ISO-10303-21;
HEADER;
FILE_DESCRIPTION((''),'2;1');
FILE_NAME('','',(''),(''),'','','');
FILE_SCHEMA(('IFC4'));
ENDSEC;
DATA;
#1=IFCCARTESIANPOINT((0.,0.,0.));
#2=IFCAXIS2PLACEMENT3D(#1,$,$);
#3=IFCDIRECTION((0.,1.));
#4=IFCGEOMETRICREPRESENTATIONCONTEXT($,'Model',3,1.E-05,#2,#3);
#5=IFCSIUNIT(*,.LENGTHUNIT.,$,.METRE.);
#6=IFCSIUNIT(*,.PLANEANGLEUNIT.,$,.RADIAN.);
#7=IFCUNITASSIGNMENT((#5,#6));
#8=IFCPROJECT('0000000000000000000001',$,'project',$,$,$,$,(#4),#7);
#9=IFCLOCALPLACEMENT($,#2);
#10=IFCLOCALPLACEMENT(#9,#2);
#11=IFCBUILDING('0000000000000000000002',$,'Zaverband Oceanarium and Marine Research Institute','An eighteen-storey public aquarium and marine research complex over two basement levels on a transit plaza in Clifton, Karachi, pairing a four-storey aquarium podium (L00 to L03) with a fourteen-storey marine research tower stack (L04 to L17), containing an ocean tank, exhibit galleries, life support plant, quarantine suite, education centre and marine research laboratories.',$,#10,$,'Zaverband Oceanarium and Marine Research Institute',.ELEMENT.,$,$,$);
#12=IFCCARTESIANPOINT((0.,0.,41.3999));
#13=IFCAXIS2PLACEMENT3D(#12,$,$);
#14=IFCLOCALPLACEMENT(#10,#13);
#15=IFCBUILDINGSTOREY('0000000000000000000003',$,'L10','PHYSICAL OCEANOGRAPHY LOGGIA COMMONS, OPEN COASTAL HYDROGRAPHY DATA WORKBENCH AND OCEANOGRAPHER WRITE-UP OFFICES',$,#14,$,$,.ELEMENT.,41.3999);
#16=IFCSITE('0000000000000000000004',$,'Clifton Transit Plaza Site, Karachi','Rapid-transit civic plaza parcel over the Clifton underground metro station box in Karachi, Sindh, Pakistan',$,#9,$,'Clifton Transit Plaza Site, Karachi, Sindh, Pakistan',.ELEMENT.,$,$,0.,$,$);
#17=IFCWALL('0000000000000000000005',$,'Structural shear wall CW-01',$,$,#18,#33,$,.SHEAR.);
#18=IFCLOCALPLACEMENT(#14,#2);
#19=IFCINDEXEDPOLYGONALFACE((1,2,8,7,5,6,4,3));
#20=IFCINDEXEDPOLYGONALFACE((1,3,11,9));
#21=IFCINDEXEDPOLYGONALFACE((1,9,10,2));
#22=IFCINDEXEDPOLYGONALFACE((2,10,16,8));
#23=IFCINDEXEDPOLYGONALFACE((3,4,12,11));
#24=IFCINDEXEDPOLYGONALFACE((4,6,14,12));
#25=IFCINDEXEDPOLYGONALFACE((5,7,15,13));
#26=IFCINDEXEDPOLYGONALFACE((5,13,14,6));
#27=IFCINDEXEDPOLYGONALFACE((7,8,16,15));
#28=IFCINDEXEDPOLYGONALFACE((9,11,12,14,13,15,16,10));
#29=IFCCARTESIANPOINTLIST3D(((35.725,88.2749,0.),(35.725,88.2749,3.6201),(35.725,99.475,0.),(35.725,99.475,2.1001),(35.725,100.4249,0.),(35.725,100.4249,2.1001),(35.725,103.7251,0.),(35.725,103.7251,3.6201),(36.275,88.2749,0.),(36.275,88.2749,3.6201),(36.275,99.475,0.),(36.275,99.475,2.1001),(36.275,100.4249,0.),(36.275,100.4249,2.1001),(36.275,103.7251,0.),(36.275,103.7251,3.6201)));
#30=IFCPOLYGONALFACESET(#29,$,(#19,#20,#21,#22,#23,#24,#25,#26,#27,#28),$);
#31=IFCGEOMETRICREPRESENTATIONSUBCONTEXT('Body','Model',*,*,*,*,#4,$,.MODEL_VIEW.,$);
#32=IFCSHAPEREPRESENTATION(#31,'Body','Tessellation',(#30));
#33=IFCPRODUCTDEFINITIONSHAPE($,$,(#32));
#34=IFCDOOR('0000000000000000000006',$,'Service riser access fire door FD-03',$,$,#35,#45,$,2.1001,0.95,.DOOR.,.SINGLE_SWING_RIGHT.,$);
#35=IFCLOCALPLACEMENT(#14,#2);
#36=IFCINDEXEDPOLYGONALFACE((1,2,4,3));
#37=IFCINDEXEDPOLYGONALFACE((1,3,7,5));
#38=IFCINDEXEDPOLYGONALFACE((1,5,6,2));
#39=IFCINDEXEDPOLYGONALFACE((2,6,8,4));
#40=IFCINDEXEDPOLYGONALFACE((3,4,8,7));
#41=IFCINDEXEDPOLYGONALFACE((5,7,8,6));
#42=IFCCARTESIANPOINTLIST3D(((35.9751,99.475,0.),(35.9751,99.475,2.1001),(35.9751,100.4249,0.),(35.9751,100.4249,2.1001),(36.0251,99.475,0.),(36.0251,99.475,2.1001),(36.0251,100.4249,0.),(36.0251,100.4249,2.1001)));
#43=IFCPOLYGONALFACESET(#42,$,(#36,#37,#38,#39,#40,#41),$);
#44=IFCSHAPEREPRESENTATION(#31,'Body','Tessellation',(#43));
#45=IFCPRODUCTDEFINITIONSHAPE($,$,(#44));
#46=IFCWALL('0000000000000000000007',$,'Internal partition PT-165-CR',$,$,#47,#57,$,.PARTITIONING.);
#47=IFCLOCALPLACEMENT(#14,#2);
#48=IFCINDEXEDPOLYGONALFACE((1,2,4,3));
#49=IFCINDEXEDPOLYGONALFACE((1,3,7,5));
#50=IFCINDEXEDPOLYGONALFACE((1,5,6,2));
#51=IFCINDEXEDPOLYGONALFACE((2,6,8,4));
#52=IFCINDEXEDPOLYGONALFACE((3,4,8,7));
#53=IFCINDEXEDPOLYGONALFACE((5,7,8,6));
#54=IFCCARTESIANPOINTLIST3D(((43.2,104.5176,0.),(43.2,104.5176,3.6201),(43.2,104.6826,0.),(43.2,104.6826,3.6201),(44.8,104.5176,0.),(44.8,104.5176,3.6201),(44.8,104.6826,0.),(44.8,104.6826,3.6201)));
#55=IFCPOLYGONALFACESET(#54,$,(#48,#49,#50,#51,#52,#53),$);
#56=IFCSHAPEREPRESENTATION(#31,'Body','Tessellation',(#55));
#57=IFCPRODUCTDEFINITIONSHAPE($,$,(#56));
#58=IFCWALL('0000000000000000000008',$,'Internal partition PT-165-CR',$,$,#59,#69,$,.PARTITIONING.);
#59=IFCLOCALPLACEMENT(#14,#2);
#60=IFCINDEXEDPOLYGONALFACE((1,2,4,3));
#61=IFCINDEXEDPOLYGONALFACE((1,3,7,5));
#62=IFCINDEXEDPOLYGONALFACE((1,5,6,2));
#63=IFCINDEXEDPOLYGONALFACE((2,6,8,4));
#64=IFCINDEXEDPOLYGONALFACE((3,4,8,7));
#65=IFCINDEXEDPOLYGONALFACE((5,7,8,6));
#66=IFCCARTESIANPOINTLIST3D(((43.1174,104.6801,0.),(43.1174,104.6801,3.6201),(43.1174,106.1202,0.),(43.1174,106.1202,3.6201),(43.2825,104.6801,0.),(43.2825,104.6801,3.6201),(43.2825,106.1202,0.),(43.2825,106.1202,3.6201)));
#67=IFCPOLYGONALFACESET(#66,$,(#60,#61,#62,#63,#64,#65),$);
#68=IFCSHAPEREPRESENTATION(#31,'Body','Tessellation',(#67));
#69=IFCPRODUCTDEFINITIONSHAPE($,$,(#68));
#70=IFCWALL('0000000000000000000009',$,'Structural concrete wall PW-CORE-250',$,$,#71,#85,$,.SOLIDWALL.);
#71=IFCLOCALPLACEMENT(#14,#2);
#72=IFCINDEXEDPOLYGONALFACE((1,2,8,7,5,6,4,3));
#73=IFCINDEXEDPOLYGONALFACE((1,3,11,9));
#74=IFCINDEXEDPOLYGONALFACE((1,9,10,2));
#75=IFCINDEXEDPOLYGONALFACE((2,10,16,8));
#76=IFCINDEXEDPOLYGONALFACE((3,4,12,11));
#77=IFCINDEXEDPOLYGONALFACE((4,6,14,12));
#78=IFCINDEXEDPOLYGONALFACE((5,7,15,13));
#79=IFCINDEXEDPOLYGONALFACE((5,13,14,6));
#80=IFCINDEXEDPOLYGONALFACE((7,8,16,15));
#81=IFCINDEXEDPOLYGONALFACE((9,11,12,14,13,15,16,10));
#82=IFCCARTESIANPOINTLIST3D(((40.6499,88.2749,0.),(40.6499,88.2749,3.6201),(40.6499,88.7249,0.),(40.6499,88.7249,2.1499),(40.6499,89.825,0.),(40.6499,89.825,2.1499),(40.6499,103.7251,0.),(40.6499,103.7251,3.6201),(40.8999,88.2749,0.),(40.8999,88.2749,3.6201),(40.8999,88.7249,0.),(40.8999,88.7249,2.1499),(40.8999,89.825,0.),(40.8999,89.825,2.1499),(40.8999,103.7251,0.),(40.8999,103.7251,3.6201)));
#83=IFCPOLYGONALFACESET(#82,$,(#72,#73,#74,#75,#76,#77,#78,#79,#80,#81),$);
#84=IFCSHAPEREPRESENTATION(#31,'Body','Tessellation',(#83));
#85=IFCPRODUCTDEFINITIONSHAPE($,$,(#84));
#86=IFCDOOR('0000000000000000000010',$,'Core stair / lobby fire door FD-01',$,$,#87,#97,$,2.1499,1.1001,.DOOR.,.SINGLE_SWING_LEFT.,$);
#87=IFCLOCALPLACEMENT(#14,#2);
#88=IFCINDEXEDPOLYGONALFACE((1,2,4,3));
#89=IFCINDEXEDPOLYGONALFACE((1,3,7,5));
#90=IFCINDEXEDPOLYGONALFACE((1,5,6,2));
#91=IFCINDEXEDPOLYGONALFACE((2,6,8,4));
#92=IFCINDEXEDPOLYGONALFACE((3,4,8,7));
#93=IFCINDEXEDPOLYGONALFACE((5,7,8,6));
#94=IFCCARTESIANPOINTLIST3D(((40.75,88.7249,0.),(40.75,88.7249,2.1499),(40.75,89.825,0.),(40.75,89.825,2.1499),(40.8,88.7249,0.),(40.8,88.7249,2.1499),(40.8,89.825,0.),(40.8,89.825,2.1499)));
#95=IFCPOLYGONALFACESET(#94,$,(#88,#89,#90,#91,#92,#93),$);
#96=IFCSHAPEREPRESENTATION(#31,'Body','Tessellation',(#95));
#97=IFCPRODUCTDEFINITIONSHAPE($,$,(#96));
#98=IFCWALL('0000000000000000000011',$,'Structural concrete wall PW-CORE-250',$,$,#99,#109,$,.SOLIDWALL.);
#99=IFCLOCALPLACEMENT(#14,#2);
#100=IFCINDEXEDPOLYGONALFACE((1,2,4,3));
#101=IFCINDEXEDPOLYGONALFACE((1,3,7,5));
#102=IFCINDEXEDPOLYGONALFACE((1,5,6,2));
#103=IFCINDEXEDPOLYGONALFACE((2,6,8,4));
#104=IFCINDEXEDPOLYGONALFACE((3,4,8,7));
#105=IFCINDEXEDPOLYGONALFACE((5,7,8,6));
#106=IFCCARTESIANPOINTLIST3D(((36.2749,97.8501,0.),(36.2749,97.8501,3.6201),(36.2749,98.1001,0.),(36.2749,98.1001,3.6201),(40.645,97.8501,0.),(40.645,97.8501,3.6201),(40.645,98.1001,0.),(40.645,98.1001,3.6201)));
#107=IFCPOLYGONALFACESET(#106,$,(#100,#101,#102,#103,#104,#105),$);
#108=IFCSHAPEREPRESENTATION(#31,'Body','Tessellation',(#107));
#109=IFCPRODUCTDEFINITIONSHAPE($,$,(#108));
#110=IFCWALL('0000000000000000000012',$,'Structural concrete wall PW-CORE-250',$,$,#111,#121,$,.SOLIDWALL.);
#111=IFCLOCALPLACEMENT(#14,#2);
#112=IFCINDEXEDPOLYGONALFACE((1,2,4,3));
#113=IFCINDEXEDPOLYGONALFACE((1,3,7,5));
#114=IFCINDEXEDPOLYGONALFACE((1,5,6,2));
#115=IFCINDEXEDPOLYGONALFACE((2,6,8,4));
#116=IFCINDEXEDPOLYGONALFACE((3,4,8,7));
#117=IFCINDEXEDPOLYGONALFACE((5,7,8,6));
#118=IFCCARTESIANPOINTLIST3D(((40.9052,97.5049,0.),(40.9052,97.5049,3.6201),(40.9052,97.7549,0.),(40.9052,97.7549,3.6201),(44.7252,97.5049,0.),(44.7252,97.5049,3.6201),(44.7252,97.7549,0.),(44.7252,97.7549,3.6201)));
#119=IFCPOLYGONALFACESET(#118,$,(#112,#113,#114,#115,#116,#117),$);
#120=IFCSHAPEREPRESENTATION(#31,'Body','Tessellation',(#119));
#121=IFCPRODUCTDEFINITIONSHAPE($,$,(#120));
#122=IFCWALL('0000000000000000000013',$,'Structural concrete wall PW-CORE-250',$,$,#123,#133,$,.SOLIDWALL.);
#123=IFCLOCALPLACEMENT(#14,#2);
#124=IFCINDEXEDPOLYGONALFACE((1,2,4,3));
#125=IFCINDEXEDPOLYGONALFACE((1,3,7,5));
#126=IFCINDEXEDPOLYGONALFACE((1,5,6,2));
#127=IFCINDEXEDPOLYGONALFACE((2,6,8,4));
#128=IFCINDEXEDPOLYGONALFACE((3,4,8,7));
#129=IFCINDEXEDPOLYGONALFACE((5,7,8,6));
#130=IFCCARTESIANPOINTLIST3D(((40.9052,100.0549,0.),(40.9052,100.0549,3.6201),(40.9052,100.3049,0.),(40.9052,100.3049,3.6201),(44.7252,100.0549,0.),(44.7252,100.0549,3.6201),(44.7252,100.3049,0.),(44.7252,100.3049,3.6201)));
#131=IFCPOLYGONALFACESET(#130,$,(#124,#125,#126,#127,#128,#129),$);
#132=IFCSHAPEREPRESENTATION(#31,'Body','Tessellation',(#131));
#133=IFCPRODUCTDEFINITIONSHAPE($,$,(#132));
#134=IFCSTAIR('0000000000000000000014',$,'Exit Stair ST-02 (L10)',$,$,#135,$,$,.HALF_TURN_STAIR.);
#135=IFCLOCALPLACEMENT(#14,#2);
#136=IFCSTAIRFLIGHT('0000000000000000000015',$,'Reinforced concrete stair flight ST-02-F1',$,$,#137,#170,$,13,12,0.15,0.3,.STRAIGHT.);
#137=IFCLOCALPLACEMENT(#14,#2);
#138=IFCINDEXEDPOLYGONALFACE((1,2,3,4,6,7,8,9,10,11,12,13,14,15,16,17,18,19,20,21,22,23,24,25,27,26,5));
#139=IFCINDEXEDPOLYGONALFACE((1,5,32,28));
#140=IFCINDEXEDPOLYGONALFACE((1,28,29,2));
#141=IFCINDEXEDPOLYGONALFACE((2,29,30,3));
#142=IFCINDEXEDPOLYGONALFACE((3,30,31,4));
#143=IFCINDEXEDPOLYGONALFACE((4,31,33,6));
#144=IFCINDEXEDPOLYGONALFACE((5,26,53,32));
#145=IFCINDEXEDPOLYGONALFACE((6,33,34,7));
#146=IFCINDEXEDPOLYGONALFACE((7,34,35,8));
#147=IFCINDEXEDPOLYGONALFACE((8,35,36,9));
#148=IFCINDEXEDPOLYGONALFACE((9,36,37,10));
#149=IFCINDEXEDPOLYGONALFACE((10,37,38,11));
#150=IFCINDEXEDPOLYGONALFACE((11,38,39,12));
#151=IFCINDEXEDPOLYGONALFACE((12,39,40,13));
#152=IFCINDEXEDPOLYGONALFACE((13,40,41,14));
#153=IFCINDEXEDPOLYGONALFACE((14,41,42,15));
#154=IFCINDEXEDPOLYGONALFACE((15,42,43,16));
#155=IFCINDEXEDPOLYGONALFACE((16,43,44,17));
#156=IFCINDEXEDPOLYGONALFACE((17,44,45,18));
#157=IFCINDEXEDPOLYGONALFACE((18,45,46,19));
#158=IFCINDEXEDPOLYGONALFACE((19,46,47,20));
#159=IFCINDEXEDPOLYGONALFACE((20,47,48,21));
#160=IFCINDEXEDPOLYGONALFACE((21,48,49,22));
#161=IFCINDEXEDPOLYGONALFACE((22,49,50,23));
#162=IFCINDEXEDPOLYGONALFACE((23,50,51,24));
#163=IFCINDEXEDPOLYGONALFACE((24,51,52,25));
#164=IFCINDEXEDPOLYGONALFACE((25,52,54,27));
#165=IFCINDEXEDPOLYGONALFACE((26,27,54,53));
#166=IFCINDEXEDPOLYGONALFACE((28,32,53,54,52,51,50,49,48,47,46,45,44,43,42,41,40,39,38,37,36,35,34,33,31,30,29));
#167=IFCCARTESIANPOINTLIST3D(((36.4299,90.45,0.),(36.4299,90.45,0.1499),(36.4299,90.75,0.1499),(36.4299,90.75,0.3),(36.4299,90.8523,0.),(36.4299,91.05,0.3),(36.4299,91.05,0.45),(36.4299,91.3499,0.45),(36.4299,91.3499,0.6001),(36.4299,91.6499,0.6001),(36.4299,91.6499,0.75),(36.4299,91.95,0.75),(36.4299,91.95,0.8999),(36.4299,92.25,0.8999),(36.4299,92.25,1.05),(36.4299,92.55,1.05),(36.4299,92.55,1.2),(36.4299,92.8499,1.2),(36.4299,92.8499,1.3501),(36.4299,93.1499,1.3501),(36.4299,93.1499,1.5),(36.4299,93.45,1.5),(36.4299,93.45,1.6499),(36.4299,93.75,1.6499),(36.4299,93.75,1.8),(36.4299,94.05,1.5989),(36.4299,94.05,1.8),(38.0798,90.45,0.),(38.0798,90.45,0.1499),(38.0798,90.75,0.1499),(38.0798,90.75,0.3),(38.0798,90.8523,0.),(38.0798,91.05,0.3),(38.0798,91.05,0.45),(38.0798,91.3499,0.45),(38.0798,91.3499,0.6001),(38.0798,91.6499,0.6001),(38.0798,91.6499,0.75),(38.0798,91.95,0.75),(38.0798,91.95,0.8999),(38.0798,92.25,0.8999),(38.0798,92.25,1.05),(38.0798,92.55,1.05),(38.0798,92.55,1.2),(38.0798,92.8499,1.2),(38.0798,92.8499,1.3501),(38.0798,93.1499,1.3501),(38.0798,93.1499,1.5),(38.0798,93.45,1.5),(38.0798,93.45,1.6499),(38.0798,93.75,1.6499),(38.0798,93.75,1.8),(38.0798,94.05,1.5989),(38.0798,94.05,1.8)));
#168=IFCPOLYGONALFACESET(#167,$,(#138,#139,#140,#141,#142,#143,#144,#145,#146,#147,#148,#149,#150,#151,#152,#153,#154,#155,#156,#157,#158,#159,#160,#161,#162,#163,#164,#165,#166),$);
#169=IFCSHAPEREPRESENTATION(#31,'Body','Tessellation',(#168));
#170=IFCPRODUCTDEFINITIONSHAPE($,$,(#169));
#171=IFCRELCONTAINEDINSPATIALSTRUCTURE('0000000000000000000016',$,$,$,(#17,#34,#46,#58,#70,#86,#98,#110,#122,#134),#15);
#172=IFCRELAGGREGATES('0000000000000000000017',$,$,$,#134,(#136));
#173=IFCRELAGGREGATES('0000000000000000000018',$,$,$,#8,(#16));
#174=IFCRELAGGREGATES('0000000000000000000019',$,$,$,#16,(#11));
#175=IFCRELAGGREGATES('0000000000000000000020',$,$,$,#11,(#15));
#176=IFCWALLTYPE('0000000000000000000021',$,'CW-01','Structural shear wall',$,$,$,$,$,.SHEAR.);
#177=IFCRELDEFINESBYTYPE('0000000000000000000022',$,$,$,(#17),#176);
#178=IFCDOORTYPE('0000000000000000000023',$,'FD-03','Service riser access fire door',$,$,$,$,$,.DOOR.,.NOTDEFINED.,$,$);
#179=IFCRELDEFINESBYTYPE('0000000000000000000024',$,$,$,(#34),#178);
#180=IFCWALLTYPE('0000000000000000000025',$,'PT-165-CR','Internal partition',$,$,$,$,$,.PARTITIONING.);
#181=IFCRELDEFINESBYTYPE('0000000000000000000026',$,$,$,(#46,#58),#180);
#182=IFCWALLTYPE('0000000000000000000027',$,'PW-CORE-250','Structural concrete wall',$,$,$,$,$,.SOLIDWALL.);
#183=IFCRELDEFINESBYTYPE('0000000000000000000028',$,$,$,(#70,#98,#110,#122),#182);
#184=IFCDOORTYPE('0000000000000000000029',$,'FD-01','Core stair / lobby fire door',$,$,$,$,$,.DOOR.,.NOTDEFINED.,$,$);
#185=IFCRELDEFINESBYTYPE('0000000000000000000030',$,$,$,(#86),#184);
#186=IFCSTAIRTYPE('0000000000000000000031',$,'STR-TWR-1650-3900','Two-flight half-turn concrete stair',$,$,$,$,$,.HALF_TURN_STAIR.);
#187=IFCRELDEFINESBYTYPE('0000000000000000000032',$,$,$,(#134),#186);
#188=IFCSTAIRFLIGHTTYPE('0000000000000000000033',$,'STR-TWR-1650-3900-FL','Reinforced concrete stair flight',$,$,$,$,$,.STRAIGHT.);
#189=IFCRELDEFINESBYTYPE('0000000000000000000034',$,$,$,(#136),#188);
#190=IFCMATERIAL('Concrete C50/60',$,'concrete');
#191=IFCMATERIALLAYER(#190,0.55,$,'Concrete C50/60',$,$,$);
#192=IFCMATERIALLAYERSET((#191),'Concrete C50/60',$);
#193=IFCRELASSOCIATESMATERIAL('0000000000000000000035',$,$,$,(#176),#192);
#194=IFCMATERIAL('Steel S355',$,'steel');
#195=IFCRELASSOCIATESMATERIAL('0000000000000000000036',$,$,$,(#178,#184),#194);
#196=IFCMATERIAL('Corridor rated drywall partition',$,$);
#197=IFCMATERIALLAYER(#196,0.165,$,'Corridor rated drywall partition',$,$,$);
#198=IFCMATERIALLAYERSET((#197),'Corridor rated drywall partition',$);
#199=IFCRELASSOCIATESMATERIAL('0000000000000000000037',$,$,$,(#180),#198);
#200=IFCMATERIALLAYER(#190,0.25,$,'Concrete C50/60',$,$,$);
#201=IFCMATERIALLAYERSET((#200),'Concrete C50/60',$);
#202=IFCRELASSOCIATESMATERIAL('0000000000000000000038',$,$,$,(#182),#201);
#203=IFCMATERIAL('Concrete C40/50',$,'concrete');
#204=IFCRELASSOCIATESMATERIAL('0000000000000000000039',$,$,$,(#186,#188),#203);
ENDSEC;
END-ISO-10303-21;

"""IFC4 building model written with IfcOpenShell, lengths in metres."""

from ifc_helpers import new_model, si_unit, direction, frame, frame_2d, origin, place, context, subcontext, project, spatial, polyline, rectangle, outline, extrude, material, layer, layer_set, type_object, element, fill, aggregate, save


model = new_model("IFC4")

# Units and contexts
model_context = context("Model", 3, precision=1e-05, world=origin(), true_north=direction((0.0, 1.0)))
body_context = subcontext(model_context, "Body", "Model", "MODEL_VIEW")
ifc_project = project(units=[si_unit("LENGTHUNIT", "METRE"), si_unit("PLANEANGLEUNIT", "RADIAN")], contexts=[model_context])

# Site, building, storey
site_placement = place(None, origin())
site = spatial("IfcSite", under=ifc_project, at=site_placement, Name="Clifton Transit Plaza Site, Karachi", Description="Rapid-transit civic plaza parcel over the Clifton underground metro station box in Karachi, Sindh, Pakistan", LongName="Clifton Transit Plaza Site, Karachi, Sindh, Pakistan", CompositionType="ELEMENT", RefElevation=0.0)
building_placement = place(site_placement, origin())
building = spatial("IfcBuilding", under=site, at=building_placement, Name="Zaverband Oceanarium and Marine Research Institute", Description="An eighteen-storey public aquarium and marine research complex over two basement levels on a transit plaza in Clifton, Karachi, pairing a four-storey aquarium podium (L00 to L03) with a fourteen-storey marine research tower stack (L04 to L17), containing an ocean tank, exhibit galleries, life support plant, quarantine suite, education centre and marine research laboratories.", LongName="Zaverband Oceanarium and Marine Research Institute", CompositionType="ELEMENT")
storey_placement = place(building_placement, frame((0.0, 0.0, 41.3999)))
storey = spatial("IfcBuildingStorey", under=building, at=storey_placement, Name="L10", Description="PHYSICAL OCEANOGRAPHY LOGGIA COMMONS, OPEN COASTAL HYDROGRAPHY DATA WORKBENCH AND OCEANOGRAPHER WRITE-UP OFFICES", CompositionType="ELEMENT", Elevation=41.3999)

# Shared definitions
ifc_material_1 = material(Name="Concrete C50/60", Category="concrete")

# Shared definitions
ifc_material_2 = material(Name="Concrete C40/50", Category="concrete")

# Shared definitions
ifc_layer_1 = layer(ifc_material_1, 0.55, Name="Concrete C50/60")
ifc_layer_set_1 = layer_set([ifc_layer_1], Name="Concrete C50/60")
wall_type_1 = type_object("IfcWallType", Name="CW-01", Description="Structural shear wall", PredefinedType="SHEAR", material=ifc_layer_set_1)
ifc_material_3 = material(Name="Steel S355", Category="steel")

# Wall, opening, door
wall_1_placement = place(storey_placement, frame((36.0, 88.2749, 0.0), z_axis=(0.0, 0.0, 1.0), x_axis=(0.0, 1.0, 0.0)))
wall_1 = element("IfcWall", 1, at=wall_1_placement, inside=storey, type_object=wall_type_1, Name="Structural shear wall CW-01", PredefinedType="SHEAR", context=body_context, shape_type="SweptSolid", body=[
    extrude(rectangle(XDim=15.4502, YDim=0.55, at=frame_2d((7.7251, 0.0))), origin(), (0.0, 0.0, 1.0), 3.6201),
])
opening_1_placement = place(wall_1_placement, frame((11.2, 0.0, 0.0)))
opening_1 = element("IfcOpeningElement", 2, at=opening_1_placement, cuts=wall_1, PredefinedType="OPENING", context=body_context, shape_type="SweptSolid", body=[
    extrude(rectangle(XDim=0.95, YDim=2.1001, at=frame_2d((0.4751, 1.05))), frame((0.0, 0.2871, 0.0), z_axis=(0.0, -1.0, 0.0), x_axis=(1.0, 0.0, 0.0)), (0.0, 0.0, 1.0), 0.574),
])
door_type_1 = type_object("IfcDoorType", Name="FD-03", Description="Service riser access fire door", OperationType="NOTDEFINED", PredefinedType="DOOR", material=ifc_material_3)
door_1_placement = place(opening_1_placement, origin())
door_1 = element("IfcDoor", 3, at=door_1_placement, inside=storey, type_object=door_type_1, Name="Service riser access fire door FD-03", OperationType="SINGLE_SWING_RIGHT", OverallHeight=2.1001, OverallWidth=0.95, PredefinedType="DOOR", context=body_context, shape_type="SweptSolid", body=[
    extrude(rectangle(XDim=0.95, YDim=2.1001, at=frame_2d((0.4751, 1.05))), frame((0.0, 0.0249, 0.0), z_axis=(0.0, -1.0, 0.0), x_axis=(1.0, 0.0, 0.0)), (0.0, 0.0, 1.0), 0.05),
])
fill(opening_1, door_1)

# Walls
ifc_material_4 = material(Name="Corridor rated drywall partition")
ifc_layer_2 = layer(ifc_material_4, 0.165, Name="Corridor rated drywall partition")
ifc_layer_set_2 = layer_set([ifc_layer_2], Name="Corridor rated drywall partition")
wall_type_2 = type_object("IfcWallType", Name="PT-165-CR", Description="Internal partition", PredefinedType="PARTITIONING", material=ifc_layer_set_2)
wall_2_placement = place(storey_placement, frame((43.2, 104.6001, 0.0), z_axis=(0.0, 0.0, 1.0), x_axis=(1.0, 0.0, 0.0)))
element("IfcWall", 4, at=wall_2_placement, inside=storey, type_object=wall_type_2, Name="Internal partition PT-165-CR", PredefinedType="PARTITIONING", context=body_context, shape_type="SweptSolid", body=[
    extrude(rectangle(XDim=1.6001, YDim=0.165, at=frame_2d((0.8, 0.0))), origin(), (0.0, 0.0, 1.0), 3.6201),
])
wall_3_placement = place(storey_placement, frame((43.2, 104.6799, 0.0), z_axis=(0.0, 0.0, 1.0), x_axis=(0.0, 1.0, 0.0)))
element("IfcWall", 5, at=wall_3_placement, inside=storey, type_object=wall_type_2, Name="Internal partition PT-165-CR", PredefinedType="PARTITIONING", context=body_context, shape_type="SweptSolid", body=[
    extrude(rectangle(XDim=1.4402, YDim=0.165, at=frame_2d((0.7202, 0.0))), origin(), (0.0, 0.0, 1.0), 3.6201),
])

# Wall, opening, door
ifc_layer_3 = layer(ifc_material_1, 0.25, Name="Concrete C50/60")
ifc_layer_set_3 = layer_set([ifc_layer_3], Name="Concrete C50/60")
wall_type_3 = type_object("IfcWallType", Name="PW-CORE-250", Description="Structural concrete wall", PredefinedType="SOLIDWALL", material=ifc_layer_set_3)
wall_4_placement = place(storey_placement, frame((40.7749, 88.2749, 0.0), z_axis=(0.0, 0.0, 1.0), x_axis=(0.0, 1.0, 0.0)))
wall_4 = element("IfcWall", 6, at=wall_4_placement, inside=storey, type_object=wall_type_3, Name="Structural concrete wall PW-CORE-250", PredefinedType="SOLIDWALL", context=body_context, shape_type="SweptSolid", body=[
    extrude(rectangle(XDim=15.4502, YDim=0.25, at=frame_2d((7.7251, 0.0))), origin(), (0.0, 0.0, 1.0), 3.6201),
])
opening_2_placement = place(wall_4_placement, frame((0.45, 0.0, 0.0)))
opening_2 = element("IfcOpeningElement", 7, at=opening_2_placement, cuts=wall_4, PredefinedType="OPENING", context=body_context, shape_type="SweptSolid", body=[
    extrude(rectangle(XDim=1.1001, YDim=2.1499, at=frame_2d((0.55, 1.075))), frame((0.0, 0.137, 0.0), z_axis=(0.0, -1.0, 0.0), x_axis=(1.0, 0.0, 0.0)), (0.0, 0.0, 1.0), 0.2739),
])
door_type_2 = type_object("IfcDoorType", Name="FD-01", Description="Core stair / lobby fire door", OperationType="NOTDEFINED", PredefinedType="DOOR", material=ifc_material_3)
door_2_placement = place(opening_2_placement, origin())
door_2 = element("IfcDoor", 8, at=door_2_placement, inside=storey, type_object=door_type_2, Name="Core stair / lobby fire door FD-01", OperationType="SINGLE_SWING_LEFT", OverallHeight=2.1499, OverallWidth=1.1001, PredefinedType="DOOR", context=body_context, shape_type="SweptSolid", body=[
    extrude(rectangle(XDim=1.1001, YDim=2.1499, at=frame_2d((0.55, 1.075))), frame((0.0, 0.0249, 0.0), z_axis=(0.0, -1.0, 0.0), x_axis=(1.0, 0.0, 0.0)), (0.0, 0.0, 1.0), 0.05),
])
fill(opening_2, door_2)

# Wall
wall_5_placement = place(storey_placement, frame((36.2749, 97.9751, 0.0), z_axis=(0.0, 0.0, 1.0), x_axis=(1.0, 0.0, 0.0)))
element("IfcWall", 9, at=wall_5_placement, inside=storey, type_object=wall_type_3, Name="Structural concrete wall PW-CORE-250", PredefinedType="SOLIDWALL", context=body_context, shape_type="SweptSolid", body=[
    extrude(rectangle(XDim=4.3701, YDim=0.25, at=frame_2d((2.1851, 0.0))), origin(), (0.0, 0.0, 1.0), 3.6201),
])

# Walls
for number, where, z_axis, x_axis, name in (
    (10, (40.905, 97.6299, 0.0), (0.0, 0.0, 1.0), (1.0, 0.0, 0.0), "Structural concrete wall PW-CORE-250"),
    (11, (40.905, 100.1799, 0.0), (0.0, 0.0, 1.0), (1.0, 0.0, 0.0), "Structural concrete wall PW-CORE-250"),
):
    element("IfcWall", number, at=place(storey_placement, frame(where, z_axis=z_axis, x_axis=x_axis)), inside=storey, type_object=wall_type_3, Name=name, PredefinedType="SOLIDWALL", context=body_context, shape_type="SweptSolid", body=[
        extrude(rectangle(XDim=3.8201, YDim=0.25, at=frame_2d((1.9102, 0.0))), origin(), (0.0, 0.0, 1.0), 3.6201),
    ])

# Stair, stair flight
stair_type = type_object("IfcStairType", Name="STR-TWR-1650-3900", Description="Two-flight half-turn concrete stair", PredefinedType="HALF_TURN_STAIR", material=ifc_material_2)
stair_placement = place(storey_placement, origin())
stair = element("IfcStair", 12, at=stair_placement, inside=storey, type_object=stair_type, Name="Exit Stair ST-02 (L10)", PredefinedType="HALF_TURN_STAIR")
stair_flight_type = type_object("IfcStairFlightType", Name="STR-TWR-1650-3900-FL", Description="Reinforced concrete stair flight", PredefinedType="STRAIGHT", material=ifc_material_2)
stair_flight_1_placement = place(storey_placement, frame((37.2549, 90.45, 0.0), z_axis=(0.0, 0.0, 1.0), x_axis=(0.0, 1.0, 0.0)))
stair_flight_1 = element("IfcStairFlight", 13, at=stair_flight_1_placement, type_object=stair_flight_type, Name="Reinforced concrete stair flight ST-02-F1", NumberOfRisers=13, NumberOfTreads=12, PredefinedType="STRAIGHT", RiserHeight=0.15, TreadLength=0.3, context=body_context, shape_type="SweptSolid", body=[
    extrude(outline(polyline([(0.0, 0.0), (0.0, 0.1499), (0.3, 0.1499), (0.3, 0.3), (0.6001, 0.3), (0.6001, 0.45), (0.8999, 0.45), (0.8999, 0.6001), (1.2, 0.6001), (1.2, 0.75), (1.5, 0.75), (1.5, 0.8999), (1.8, 0.8999), (1.8, 1.05), (2.1001, 1.05), (2.1001, 1.2), (2.3999, 1.2), (2.3999, 1.3501), (2.7, 1.3501), (2.7, 1.5), (3.0, 1.5), (3.0, 1.6499), (3.3, 1.6499), (3.3, 1.8), (3.6001, 1.8), (3.6001, 1.95), (3.6001, 1.5989), (0.4023, 0.0), (0.0, 0.0)])), frame((0.0, 0.825, 0.0), z_axis=(0.0, -1.0, 0.0), x_axis=(1.0, 0.0, 0.0)), (0.0, 0.0, 1.0), 1.6499),
])
aggregate(stair, [stair_flight_1])

save(model, "model.ifc")
